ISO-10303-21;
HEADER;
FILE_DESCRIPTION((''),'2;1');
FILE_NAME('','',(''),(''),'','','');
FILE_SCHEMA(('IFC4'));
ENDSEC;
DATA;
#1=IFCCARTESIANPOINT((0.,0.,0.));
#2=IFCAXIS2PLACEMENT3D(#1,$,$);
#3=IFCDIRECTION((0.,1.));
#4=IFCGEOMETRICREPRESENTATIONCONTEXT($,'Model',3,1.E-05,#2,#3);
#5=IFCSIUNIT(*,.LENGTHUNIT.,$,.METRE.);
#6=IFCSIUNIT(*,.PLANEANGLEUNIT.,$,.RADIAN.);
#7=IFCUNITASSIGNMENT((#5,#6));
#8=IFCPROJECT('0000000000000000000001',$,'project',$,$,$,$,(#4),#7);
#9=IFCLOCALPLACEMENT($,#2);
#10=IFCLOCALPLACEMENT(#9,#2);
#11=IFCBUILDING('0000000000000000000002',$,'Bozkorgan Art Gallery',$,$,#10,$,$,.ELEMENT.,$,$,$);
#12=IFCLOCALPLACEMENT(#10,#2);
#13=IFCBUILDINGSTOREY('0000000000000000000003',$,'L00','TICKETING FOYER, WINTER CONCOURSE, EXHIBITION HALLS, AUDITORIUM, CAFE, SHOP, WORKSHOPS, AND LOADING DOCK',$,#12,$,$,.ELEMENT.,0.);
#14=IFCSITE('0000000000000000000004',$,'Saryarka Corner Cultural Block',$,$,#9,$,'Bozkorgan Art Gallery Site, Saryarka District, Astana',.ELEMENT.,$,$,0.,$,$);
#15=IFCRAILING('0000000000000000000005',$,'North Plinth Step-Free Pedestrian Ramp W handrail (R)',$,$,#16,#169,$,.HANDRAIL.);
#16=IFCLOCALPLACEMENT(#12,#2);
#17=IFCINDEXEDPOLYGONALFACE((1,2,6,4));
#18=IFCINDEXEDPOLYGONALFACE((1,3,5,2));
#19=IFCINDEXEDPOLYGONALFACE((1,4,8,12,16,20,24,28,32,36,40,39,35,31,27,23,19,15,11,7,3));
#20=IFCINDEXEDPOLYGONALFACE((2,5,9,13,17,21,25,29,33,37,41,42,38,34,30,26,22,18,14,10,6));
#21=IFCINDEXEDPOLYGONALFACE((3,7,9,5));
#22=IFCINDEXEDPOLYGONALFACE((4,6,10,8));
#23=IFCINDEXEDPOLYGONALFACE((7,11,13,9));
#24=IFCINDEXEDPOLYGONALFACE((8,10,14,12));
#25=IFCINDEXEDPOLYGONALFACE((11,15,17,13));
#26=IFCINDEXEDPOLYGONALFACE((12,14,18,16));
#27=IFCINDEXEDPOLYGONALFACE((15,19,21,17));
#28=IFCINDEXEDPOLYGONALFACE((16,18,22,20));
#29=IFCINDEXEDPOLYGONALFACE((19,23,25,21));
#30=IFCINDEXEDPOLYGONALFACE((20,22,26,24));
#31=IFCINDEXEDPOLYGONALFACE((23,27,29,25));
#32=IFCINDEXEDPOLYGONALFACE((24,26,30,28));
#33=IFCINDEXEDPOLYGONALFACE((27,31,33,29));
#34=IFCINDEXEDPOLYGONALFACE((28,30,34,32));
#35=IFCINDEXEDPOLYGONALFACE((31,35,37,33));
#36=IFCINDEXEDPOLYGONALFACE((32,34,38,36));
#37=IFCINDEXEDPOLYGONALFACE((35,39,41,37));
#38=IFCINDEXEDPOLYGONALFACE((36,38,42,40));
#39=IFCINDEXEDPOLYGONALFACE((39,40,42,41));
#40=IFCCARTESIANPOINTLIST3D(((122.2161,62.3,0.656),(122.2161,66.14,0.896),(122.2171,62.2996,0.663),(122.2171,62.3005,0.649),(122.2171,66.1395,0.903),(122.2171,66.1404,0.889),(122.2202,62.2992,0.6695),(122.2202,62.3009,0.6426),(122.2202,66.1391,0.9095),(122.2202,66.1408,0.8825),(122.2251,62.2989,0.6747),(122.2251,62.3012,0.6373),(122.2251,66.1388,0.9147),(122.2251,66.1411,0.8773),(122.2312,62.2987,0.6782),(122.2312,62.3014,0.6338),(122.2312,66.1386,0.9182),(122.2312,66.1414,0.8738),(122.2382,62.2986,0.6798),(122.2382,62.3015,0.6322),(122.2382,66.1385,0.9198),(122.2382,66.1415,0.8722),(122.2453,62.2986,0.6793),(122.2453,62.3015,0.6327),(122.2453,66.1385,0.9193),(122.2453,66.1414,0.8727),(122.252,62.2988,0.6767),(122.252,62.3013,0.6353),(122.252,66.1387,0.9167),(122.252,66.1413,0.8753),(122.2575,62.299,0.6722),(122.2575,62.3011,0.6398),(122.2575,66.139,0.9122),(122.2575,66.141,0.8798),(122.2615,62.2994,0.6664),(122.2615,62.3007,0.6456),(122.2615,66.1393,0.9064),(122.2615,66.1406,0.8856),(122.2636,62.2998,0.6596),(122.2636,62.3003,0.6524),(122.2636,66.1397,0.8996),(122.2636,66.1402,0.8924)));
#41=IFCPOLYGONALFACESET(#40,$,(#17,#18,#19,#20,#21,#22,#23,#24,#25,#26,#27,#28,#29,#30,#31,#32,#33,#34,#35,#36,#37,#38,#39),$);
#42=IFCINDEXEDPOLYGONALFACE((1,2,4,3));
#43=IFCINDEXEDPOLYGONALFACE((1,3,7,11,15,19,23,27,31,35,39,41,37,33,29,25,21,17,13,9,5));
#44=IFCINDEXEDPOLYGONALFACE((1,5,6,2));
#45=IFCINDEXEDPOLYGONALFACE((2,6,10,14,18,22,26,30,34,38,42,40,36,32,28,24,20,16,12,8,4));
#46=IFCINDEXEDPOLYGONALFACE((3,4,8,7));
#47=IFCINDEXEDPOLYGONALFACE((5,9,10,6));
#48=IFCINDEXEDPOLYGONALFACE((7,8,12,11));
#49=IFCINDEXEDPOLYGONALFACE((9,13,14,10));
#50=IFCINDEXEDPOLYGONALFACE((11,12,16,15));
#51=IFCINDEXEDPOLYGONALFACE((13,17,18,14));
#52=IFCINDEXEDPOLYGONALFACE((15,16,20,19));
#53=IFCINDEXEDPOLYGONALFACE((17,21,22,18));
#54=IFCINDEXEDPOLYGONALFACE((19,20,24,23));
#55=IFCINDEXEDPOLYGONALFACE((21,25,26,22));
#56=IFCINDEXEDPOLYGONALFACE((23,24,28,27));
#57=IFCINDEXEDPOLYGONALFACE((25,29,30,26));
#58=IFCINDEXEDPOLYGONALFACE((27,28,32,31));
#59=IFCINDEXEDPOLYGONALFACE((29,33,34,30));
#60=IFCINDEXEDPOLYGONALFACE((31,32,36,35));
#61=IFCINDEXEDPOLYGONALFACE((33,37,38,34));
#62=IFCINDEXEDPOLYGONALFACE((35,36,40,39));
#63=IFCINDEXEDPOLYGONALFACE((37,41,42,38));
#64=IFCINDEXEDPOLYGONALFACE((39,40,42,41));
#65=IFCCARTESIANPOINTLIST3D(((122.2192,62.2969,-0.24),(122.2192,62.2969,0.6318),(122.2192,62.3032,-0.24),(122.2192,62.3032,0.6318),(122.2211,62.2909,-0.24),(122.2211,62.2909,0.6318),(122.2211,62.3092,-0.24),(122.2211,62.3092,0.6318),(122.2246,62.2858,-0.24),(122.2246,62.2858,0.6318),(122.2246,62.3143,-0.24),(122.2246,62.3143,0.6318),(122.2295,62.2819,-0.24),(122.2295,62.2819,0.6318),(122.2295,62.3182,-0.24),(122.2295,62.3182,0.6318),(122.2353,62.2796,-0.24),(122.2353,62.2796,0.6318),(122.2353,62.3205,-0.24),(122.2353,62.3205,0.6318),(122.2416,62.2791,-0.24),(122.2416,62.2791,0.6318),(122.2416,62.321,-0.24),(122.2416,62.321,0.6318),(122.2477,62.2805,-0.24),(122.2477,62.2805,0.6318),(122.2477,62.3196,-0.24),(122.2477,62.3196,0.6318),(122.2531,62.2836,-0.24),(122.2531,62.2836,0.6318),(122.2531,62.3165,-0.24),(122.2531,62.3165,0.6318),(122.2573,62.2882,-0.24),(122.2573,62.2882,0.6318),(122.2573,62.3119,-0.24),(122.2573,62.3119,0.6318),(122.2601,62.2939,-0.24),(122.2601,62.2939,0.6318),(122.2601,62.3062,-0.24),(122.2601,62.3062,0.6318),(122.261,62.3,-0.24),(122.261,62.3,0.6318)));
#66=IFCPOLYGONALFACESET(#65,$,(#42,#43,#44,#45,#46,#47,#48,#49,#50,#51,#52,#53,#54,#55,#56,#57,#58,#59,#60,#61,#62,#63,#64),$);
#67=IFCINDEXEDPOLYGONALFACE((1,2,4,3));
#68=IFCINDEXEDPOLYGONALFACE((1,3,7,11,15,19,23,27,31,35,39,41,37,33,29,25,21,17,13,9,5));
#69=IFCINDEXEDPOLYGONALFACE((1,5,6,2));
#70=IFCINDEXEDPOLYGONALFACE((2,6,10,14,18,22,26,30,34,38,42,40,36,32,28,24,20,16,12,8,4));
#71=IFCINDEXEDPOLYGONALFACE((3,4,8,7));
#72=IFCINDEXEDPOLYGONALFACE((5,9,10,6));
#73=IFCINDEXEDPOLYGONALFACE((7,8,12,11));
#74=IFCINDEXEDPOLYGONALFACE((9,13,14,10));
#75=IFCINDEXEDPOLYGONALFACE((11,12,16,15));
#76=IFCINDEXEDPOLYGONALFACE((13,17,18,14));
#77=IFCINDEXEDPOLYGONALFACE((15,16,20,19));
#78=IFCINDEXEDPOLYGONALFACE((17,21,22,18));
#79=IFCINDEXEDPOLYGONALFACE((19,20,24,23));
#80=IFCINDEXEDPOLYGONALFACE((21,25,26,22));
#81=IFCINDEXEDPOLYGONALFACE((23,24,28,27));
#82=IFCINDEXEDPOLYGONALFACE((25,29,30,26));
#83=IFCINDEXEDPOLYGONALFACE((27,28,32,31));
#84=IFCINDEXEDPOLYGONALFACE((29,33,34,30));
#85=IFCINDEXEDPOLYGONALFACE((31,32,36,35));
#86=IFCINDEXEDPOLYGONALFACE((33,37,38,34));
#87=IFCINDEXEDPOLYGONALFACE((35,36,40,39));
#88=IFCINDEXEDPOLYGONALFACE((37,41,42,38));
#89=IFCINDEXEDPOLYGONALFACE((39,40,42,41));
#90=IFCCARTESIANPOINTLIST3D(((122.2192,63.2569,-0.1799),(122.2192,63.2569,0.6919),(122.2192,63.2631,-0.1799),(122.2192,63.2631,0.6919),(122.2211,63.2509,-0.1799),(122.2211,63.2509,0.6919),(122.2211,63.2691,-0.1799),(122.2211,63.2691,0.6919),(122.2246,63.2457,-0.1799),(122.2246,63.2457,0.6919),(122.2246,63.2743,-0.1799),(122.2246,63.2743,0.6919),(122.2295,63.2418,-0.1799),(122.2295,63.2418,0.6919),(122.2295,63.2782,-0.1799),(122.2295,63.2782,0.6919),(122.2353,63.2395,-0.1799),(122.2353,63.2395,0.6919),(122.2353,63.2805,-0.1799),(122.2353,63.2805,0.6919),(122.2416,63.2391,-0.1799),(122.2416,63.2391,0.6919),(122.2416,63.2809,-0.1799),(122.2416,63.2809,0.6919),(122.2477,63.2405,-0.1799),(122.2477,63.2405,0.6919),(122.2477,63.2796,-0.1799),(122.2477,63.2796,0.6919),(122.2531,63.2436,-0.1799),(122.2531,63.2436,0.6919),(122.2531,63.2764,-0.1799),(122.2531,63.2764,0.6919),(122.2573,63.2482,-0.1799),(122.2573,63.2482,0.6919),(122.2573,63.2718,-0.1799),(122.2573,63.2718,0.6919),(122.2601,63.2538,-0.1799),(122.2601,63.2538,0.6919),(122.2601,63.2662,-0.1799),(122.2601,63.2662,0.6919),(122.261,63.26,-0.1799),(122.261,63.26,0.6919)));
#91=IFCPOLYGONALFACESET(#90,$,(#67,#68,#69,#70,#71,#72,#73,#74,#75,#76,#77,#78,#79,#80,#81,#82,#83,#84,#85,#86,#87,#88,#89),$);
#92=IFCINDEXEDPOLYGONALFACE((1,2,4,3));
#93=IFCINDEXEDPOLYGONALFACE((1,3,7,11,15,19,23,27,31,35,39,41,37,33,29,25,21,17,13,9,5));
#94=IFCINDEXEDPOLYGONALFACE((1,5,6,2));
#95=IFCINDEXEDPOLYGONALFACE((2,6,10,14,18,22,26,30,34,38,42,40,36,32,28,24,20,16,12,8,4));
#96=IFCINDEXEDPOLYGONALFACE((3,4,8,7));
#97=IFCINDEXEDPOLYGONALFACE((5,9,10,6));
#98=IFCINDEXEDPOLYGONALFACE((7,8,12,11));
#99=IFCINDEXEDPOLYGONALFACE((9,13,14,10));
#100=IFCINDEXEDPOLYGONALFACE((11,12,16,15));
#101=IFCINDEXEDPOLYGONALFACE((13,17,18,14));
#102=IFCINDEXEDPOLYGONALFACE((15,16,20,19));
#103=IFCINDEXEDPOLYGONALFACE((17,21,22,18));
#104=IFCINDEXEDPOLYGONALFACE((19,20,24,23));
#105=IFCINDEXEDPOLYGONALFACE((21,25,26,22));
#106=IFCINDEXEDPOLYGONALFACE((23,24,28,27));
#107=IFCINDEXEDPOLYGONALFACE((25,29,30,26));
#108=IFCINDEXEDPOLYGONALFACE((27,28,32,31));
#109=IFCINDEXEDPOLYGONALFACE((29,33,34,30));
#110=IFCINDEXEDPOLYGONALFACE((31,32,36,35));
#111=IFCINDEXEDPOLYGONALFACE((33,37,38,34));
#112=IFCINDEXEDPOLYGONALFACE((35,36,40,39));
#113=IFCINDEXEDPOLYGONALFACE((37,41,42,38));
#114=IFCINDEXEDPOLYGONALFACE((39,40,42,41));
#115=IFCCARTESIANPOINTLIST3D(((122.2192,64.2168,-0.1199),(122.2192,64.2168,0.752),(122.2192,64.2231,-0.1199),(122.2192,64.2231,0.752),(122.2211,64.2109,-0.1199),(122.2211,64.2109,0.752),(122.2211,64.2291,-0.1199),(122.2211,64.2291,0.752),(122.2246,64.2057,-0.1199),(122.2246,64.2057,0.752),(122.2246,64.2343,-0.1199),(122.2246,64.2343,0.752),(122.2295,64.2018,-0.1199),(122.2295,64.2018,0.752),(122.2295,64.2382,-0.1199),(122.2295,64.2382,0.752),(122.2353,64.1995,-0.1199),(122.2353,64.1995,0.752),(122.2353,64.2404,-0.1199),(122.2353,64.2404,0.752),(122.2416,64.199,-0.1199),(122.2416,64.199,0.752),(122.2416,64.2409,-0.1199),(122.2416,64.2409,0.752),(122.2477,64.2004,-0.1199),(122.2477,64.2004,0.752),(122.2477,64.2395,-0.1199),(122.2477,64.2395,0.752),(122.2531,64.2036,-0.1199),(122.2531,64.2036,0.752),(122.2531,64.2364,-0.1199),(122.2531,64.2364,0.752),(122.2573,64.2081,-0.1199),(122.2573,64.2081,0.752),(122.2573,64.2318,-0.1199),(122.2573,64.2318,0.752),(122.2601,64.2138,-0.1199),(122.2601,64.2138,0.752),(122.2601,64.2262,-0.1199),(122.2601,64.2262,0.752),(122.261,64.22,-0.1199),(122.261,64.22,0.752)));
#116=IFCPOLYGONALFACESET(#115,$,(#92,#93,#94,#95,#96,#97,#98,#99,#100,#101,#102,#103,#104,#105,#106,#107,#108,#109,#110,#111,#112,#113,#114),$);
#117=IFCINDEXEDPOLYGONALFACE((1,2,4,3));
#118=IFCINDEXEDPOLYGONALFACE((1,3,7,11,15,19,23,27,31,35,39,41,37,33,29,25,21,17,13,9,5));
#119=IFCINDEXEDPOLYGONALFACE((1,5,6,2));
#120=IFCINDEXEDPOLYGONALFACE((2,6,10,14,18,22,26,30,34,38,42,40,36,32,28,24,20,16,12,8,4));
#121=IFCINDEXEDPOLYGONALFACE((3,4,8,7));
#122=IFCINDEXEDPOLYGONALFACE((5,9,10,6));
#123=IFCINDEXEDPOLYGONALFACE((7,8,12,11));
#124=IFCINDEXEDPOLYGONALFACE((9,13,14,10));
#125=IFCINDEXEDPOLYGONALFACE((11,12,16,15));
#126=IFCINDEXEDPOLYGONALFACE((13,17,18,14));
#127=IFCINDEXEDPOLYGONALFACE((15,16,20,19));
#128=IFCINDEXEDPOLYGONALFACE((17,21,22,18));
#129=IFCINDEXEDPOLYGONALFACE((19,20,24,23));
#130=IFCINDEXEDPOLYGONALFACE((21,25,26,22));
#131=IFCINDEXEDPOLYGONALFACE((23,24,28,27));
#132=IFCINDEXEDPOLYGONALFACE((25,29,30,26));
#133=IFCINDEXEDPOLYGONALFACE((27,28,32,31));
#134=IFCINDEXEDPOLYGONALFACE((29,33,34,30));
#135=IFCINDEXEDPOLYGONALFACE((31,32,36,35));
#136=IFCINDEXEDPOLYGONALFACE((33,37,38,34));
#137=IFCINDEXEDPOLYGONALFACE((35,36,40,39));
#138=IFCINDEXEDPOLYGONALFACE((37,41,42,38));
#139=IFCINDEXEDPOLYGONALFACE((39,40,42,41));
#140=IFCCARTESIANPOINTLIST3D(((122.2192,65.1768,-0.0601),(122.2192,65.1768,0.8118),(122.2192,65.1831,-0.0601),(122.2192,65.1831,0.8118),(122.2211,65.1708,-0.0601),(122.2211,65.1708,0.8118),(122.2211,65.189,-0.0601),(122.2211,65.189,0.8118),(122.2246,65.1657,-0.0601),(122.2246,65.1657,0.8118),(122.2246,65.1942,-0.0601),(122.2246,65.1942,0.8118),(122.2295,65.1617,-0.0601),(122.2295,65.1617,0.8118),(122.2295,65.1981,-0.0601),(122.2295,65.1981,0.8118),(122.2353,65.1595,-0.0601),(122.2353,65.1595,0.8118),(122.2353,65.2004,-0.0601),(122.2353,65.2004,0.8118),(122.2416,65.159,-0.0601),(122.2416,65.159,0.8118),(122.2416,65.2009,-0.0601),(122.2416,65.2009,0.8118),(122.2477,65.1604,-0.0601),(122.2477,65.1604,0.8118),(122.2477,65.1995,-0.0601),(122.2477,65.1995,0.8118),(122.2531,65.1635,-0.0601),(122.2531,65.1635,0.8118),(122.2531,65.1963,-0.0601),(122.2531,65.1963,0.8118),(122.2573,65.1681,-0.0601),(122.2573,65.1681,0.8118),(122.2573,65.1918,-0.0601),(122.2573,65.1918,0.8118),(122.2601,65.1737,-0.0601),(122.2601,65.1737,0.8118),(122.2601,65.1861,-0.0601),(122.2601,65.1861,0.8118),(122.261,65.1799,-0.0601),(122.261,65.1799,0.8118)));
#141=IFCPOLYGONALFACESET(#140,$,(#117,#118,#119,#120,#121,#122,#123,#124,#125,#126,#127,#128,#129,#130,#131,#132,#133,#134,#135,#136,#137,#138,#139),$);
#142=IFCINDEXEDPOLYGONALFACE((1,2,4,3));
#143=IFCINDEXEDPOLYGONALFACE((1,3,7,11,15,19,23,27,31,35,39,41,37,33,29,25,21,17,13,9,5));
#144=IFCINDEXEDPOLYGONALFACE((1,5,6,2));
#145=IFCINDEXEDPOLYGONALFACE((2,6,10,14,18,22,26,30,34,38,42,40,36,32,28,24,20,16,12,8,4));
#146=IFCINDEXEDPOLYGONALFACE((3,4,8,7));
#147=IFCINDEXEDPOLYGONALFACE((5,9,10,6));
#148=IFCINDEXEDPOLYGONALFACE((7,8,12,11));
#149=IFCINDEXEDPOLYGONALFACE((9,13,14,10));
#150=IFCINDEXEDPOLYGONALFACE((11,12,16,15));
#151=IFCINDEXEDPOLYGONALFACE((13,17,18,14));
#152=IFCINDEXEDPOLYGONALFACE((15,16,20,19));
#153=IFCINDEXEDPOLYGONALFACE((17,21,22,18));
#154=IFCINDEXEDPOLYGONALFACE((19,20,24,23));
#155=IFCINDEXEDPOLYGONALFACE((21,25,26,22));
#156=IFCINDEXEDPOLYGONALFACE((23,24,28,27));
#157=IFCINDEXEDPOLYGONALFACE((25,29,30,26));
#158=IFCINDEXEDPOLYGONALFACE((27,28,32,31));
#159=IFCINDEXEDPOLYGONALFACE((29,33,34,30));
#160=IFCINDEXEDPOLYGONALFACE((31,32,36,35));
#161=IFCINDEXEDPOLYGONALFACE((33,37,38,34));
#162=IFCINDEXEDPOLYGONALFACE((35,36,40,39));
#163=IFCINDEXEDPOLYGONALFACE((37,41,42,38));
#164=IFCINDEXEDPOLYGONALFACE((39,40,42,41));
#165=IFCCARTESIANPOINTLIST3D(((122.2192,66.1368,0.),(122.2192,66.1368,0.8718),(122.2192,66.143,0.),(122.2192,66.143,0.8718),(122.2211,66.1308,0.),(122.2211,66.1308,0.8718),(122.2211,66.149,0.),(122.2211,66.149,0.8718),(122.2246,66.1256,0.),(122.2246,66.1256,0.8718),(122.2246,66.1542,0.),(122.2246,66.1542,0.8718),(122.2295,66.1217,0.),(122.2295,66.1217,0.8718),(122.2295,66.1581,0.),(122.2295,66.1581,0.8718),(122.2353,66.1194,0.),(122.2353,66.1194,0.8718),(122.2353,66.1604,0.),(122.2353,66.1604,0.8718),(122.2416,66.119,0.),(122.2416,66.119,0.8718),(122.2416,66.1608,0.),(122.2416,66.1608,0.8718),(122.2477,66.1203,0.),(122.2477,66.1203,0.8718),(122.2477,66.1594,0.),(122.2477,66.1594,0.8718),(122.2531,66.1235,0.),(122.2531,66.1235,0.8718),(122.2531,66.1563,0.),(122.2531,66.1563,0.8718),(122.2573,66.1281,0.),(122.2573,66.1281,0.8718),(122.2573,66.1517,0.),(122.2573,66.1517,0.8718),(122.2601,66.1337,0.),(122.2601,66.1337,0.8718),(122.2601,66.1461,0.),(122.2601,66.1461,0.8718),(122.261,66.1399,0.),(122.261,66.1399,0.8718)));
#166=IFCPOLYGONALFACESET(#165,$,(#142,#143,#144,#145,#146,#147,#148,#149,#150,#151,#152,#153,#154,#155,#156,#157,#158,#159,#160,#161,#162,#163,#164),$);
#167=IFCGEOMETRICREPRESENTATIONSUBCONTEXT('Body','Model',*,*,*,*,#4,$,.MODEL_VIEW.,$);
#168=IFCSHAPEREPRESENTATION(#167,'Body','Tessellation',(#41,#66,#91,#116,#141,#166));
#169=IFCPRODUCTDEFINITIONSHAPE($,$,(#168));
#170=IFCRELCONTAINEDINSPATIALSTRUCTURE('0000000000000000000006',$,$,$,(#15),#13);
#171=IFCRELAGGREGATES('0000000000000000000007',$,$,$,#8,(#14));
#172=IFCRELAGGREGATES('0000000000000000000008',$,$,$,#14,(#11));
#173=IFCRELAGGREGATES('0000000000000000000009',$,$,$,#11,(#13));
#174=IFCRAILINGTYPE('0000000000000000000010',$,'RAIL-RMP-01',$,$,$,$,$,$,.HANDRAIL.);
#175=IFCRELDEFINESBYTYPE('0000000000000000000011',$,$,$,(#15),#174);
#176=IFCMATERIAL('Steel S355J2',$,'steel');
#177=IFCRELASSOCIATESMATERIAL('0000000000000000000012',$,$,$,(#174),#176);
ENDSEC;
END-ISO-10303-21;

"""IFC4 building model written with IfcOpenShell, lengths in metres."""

from ifc_helpers import new_model, si_unit, direction, frame, origin, origin_2d, place, context, subcontext, project, spatial, circle, extrude, material, type_object, element, save


model = new_model("IFC4")

# Units and contexts
model_context = context("Model", 3, precision=1e-05, world=origin(), true_north=direction((0.0, 1.0)))
body_context = subcontext(model_context, "Body", "Model", "MODEL_VIEW")
ifc_project = project(units=[si_unit("LENGTHUNIT", "METRE"), si_unit("PLANEANGLEUNIT", "RADIAN")], contexts=[model_context])

# Site, building, storey
site_placement = place(None, origin())
site = spatial("IfcSite", under=ifc_project, at=site_placement, Name="Saryarka Corner Cultural Block", LongName="Bozkorgan Art Gallery Site, Saryarka District, Astana", CompositionType="ELEMENT", RefElevation=0.0)
building_placement = place(site_placement, origin())
building = spatial("IfcBuilding", under=site, at=building_placement, Name="Bozkorgan Art Gallery", CompositionType="ELEMENT")
storey_placement = place(building_placement, origin())
storey = spatial("IfcBuildingStorey", under=building, at=storey_placement, Name="L00", Description="TICKETING FOYER, WINTER CONCOURSE, EXHIBITION HALLS, AUDITORIUM, CAFE, SHOP, WORKSHOPS, AND LOADING DOCK", CompositionType="ELEMENT", Elevation=0.0)

# Railing
ifc_material_1 = material(Name="Steel S355J2", Category="steel")
railing_type = type_object("IfcRailingType", Name="RAIL-RMP-01", PredefinedType="HANDRAIL", material=ifc_material_1)
for number, where, name in (
    (1, (122.24, 62.3, -0.24), "North Plinth Step-Free Pedestrian Ramp W handrail (R)"),
):
    element("IfcRailing", number, at=place(storey_placement, frame(where)), inside=storey, type_object=railing_type, Name=name, PredefinedType="HANDRAIL", context=body_context, shape_type="SweptSolid", body=[
        extrude(circle(Radius=0.0239, at=origin_2d()), frame((0.0, 0.0, 0.896), z_axis=(0.0, 0.998053, 0.062378), x_axis=(-1.0, 0.0, 0.0)), (0.0, 0.0, 1.0), 3.8474),
        extrude(circle(Radius=0.021, at=origin_2d()), origin(), (0.0, 0.0, 1.0), 0.8718),
        extrude(circle(Radius=0.021, at=origin_2d()), frame((0.0, 0.96, 0.0601)), (0.0, 0.0, 1.0), 0.8718),
        extrude(circle(Radius=0.021, at=origin_2d()), frame((0.0, 1.9199, 0.1201)), (0.0, 0.0, 1.0), 0.8718),
        extrude(circle(Radius=0.021, at=origin_2d()), frame((0.0, 2.8799, 0.1799)), (0.0, 0.0, 1.0), 0.8718),
        extrude(circle(Radius=0.021, at=origin_2d()), frame((0.0, 3.8398, 0.24)), (0.0, 0.0, 1.0), 0.8718),
    ])

save(model, "model.ifc")
